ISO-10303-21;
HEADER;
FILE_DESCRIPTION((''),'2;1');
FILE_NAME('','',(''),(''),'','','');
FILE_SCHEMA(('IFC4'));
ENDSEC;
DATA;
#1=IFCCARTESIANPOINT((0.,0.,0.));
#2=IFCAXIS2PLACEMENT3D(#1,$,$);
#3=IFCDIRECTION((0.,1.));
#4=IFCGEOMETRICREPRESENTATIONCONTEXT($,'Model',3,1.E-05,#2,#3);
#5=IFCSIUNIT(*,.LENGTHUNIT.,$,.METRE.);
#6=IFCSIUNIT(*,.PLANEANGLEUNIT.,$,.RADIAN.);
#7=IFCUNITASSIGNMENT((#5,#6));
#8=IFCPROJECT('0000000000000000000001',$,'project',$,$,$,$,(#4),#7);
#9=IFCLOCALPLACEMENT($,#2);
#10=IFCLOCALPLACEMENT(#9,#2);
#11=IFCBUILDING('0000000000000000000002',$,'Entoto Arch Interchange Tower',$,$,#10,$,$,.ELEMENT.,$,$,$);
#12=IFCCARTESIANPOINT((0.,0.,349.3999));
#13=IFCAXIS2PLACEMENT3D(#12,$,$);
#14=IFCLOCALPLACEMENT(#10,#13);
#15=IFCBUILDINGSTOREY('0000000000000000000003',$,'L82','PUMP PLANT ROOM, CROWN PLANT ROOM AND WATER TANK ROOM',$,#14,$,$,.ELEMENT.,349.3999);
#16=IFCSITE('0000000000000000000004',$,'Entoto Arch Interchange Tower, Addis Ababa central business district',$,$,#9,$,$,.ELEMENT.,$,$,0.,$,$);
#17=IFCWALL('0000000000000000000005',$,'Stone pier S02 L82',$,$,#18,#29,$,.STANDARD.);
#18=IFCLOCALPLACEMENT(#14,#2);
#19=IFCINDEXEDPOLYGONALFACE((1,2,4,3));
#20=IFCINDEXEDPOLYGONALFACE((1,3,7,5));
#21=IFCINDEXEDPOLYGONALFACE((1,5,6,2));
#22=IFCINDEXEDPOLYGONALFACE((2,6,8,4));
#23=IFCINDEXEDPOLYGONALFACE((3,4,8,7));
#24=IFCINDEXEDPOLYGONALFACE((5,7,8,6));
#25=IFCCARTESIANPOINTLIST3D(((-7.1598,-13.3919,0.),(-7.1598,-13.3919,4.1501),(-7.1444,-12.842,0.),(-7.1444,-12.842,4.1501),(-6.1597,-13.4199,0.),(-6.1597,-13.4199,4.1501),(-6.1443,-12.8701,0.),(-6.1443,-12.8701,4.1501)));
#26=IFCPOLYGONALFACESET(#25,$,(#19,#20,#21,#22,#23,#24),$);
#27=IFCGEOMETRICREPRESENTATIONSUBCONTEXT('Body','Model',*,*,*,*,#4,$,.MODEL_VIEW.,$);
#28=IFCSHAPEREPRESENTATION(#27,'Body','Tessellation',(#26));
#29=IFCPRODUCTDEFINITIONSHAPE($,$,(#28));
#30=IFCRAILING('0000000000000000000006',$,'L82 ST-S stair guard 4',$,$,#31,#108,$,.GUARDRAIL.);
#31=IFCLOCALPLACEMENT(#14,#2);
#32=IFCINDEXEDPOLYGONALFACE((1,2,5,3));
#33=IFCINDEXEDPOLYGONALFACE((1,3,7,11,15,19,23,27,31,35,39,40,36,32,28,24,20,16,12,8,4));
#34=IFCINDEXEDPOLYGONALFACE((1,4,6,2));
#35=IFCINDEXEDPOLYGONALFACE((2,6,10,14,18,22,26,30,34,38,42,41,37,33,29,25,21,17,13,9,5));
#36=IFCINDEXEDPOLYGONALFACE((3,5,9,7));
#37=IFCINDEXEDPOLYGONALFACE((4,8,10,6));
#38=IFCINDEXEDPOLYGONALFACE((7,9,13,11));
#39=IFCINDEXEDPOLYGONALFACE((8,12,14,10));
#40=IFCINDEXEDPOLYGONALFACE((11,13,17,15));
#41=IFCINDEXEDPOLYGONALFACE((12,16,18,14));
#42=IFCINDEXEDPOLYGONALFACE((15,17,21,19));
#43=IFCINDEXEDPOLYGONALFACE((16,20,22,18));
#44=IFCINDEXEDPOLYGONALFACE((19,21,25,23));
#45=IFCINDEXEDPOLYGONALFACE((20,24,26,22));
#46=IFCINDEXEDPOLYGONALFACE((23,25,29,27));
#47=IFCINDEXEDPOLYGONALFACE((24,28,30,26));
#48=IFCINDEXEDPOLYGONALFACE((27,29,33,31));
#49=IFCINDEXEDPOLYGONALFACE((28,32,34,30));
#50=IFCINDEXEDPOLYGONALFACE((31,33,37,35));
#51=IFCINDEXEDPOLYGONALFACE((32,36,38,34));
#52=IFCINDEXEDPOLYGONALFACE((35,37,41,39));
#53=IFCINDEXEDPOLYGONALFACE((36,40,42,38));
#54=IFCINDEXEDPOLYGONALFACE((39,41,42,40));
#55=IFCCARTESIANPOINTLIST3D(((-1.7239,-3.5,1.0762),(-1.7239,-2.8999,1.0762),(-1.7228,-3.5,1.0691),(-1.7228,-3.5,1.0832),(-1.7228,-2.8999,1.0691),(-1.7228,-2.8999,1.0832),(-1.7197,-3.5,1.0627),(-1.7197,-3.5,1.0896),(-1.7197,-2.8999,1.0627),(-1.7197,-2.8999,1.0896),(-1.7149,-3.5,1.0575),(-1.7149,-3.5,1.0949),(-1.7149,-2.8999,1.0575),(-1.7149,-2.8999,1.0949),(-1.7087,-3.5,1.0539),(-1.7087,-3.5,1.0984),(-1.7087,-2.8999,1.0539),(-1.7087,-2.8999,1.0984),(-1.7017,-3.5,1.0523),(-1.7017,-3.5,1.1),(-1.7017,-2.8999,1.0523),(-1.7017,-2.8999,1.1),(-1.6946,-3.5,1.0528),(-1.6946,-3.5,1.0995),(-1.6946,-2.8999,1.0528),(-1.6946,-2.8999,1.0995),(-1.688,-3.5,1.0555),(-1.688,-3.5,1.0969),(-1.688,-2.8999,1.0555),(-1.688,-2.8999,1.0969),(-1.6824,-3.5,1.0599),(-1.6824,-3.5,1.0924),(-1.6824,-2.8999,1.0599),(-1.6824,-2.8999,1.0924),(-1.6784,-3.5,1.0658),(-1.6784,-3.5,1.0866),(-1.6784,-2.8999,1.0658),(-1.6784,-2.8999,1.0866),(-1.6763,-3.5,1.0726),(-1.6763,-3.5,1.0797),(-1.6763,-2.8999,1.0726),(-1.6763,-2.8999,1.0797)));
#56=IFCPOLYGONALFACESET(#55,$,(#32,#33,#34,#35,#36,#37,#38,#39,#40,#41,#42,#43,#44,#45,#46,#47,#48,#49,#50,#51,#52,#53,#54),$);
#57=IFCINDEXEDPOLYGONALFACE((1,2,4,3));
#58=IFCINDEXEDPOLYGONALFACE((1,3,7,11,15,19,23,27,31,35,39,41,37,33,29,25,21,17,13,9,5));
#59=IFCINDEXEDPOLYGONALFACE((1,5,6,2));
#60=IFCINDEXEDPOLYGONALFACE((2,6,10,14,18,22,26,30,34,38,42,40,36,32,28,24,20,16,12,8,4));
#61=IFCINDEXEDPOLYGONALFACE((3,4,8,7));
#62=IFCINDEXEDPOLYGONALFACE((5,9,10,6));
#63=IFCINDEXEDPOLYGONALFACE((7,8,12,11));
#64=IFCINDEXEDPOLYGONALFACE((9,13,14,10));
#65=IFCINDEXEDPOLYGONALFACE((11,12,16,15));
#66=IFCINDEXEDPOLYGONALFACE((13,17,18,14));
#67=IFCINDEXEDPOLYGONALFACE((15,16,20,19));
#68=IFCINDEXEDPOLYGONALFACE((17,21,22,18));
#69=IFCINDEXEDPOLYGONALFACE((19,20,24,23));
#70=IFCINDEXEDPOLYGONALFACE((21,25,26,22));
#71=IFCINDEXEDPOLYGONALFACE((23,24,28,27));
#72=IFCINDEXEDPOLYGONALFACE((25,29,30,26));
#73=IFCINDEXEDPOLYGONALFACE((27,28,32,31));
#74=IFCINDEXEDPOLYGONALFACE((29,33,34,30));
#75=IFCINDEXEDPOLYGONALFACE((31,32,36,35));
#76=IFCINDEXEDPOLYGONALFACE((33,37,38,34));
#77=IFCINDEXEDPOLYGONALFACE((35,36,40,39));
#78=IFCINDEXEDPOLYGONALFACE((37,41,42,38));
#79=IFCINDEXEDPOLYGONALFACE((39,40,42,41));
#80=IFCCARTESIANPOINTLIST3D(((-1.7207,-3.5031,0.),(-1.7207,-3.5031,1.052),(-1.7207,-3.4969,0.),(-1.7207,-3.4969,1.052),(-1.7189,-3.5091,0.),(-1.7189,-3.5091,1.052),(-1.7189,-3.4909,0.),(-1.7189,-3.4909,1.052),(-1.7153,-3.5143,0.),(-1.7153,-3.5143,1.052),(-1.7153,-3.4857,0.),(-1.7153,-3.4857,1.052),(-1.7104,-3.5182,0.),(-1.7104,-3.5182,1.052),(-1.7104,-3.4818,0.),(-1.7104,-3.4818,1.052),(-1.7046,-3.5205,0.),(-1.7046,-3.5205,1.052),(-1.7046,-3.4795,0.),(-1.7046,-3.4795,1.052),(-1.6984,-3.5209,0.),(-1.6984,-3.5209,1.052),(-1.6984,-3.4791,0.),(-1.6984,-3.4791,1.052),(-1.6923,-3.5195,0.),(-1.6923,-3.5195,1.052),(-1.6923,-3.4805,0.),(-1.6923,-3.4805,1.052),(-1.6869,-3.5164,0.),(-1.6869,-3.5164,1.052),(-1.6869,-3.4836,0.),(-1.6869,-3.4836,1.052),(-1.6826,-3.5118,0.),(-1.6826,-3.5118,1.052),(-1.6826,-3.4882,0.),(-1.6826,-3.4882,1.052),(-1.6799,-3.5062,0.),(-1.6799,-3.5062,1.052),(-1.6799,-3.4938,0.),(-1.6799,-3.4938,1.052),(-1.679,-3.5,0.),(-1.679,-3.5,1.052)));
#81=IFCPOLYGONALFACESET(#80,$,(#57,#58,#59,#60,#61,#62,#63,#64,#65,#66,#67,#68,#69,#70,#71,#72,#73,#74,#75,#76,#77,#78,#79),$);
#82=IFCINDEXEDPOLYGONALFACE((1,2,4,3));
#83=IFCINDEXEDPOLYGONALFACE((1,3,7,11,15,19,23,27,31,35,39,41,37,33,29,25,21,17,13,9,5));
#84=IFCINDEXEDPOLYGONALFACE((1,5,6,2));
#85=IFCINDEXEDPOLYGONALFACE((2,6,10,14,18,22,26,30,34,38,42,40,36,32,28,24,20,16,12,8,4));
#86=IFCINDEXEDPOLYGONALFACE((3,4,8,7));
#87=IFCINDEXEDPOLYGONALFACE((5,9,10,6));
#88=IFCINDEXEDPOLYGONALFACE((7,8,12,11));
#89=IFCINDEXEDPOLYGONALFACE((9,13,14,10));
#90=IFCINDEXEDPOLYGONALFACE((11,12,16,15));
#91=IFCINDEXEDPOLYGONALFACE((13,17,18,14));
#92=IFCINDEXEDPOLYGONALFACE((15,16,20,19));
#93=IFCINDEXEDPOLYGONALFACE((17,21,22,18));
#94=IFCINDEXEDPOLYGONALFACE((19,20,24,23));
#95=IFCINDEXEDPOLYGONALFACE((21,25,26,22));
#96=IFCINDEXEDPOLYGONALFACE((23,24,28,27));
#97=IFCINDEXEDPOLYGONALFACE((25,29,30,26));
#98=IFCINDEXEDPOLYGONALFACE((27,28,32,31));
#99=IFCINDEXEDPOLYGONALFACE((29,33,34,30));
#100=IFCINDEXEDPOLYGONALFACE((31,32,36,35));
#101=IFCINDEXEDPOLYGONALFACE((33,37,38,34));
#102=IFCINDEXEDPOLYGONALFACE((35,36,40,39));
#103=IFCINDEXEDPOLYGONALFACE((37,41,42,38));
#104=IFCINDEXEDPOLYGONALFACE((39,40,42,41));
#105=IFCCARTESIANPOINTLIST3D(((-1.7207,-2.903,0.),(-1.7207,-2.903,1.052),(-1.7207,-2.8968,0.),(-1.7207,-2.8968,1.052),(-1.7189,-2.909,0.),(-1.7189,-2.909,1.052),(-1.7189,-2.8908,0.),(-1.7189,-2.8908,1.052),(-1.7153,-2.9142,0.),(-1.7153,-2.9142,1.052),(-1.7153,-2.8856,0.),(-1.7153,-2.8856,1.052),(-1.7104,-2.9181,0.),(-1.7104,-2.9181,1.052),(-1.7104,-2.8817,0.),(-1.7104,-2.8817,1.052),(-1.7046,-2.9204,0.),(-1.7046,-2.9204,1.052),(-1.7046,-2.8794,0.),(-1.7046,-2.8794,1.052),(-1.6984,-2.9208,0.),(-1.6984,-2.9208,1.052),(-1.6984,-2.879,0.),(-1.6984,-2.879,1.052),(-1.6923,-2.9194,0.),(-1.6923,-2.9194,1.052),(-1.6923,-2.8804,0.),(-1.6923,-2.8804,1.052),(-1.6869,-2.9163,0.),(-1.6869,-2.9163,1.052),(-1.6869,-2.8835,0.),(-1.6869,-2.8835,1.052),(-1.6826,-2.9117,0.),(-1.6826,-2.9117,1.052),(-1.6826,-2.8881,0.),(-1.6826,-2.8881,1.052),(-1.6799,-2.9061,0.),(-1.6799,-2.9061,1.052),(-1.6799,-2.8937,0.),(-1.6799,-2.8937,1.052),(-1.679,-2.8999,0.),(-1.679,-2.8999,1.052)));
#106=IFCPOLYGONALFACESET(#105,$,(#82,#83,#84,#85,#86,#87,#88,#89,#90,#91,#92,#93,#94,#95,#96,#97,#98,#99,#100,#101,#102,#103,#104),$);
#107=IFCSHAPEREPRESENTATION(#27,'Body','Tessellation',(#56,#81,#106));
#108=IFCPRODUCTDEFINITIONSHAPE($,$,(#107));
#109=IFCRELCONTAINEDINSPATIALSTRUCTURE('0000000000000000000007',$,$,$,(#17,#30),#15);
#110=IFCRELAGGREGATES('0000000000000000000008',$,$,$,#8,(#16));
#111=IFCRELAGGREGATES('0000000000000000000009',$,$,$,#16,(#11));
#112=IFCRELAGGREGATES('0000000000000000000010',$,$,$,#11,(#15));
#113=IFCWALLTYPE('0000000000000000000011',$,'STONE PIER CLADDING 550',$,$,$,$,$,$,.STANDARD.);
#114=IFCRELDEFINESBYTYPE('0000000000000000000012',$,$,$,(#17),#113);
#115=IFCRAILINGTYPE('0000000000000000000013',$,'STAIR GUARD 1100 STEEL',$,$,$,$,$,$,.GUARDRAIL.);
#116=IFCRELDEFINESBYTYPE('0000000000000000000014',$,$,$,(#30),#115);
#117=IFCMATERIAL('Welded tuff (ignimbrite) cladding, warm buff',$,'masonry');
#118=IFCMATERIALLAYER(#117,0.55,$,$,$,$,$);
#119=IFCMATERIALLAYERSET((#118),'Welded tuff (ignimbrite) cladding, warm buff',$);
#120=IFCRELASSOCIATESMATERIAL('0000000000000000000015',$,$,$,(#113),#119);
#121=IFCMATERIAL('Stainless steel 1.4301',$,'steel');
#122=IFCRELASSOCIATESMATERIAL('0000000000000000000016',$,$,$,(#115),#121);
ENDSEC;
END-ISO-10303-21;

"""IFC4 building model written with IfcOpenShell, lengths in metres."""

from ifc_helpers import new_model, si_unit, direction, frame, frame_2d, origin, origin_2d, place, context, subcontext, project, spatial, rectangle, circle, extrude, material, layer, layer_set, type_object, element, save


model = new_model("IFC4")

# Units and contexts
model_context = context("Model", 3, precision=1e-05, world=origin(), true_north=direction((0.0, 1.0)))
body_context = subcontext(model_context, "Body", "Model", "MODEL_VIEW")
ifc_project = project(units=[si_unit("LENGTHUNIT", "METRE"), si_unit("PLANEANGLEUNIT", "RADIAN")], contexts=[model_context])

# Site, building, storey
site_placement = place(None, origin())
site = spatial("IfcSite", under=ifc_project, at=site_placement, Name="Entoto Arch Interchange Tower, Addis Ababa central business district", CompositionType="ELEMENT", RefElevation=0.0)
building_placement = place(site_placement, origin())
building = spatial("IfcBuilding", under=site, at=building_placement, Name="Entoto Arch Interchange Tower", CompositionType="ELEMENT")
storey_placement = place(building_placement, frame((0.0, 0.0, 349.3999)))
storey = spatial("IfcBuildingStorey", under=building, at=storey_placement, Name="L82", Description="PUMP PLANT ROOM, CROWN PLANT ROOM AND WATER TANK ROOM", CompositionType="ELEMENT", Elevation=349.3999)

# Shared definitions
ifc_material_1 = material(Name="Welded tuff (ignimbrite) cladding, warm buff", Category="masonry")

# Wall
ifc_layer_1 = layer(ifc_material_1, 0.55)
ifc_layer_set_1 = layer_set([ifc_layer_1], Name="Welded tuff (ignimbrite) cladding, warm buff")
wall_type_1 = type_object("IfcWallType", Name="STONE PIER CLADDING 550", PredefinedType="STANDARD", material=ifc_layer_set_1)
wall_1_placement = place(storey_placement, frame((-7.1521, -13.1169, 0.0), z_axis=(0.0, 0.0, 1.0), x_axis=(0.999606, -0.028065, 0.0)))
element("IfcWall", 1, at=wall_1_placement, inside=storey, type_object=wall_type_1, Name="Stone pier S02 L82", PredefinedType="STANDARD", context=body_context, shape_type="SweptSolid", body=[
    extrude(rectangle(XDim=1.0005, YDim=0.55, at=frame_2d((0.5002, 0.0))), origin(), (0.0, 0.0, 1.0), 4.1501),
])

# Railing
ifc_material_2 = material(Name="Stainless steel 1.4301", Category="steel")
railing_type_1 = type_object("IfcRailingType", Name="STAIR GUARD 1100 STEEL", PredefinedType="GUARDRAIL", material=ifc_material_2)
railing_1_placement = place(storey_placement, frame((-1.7, -3.5, 0.0)))
element("IfcRailing", 2, at=railing_1_placement, inside=storey, type_object=railing_type_1, Name="L82 ST-S stair guard 4", PredefinedType="GUARDRAIL", context=body_context, shape_type="SweptSolid", body=[
    extrude(circle(Radius=0.0239, at=origin_2d()), frame((0.0, 0.0, 1.0762), z_axis=(0.0, 1.0, 0.0), x_axis=(-1.0, 0.0, 0.0)), (0.0, 0.0, 1.0), 0.6001),
    extrude(circle(Radius=0.021, at=origin_2d()), origin(), (0.0, 0.0, 1.0), 1.052),
    extrude(circle(Radius=0.021, at=origin_2d()), frame((0.0, 0.6001, 0.0)), (0.0, 0.0, 1.0), 1.052),
])

save(model, "model.ifc")
